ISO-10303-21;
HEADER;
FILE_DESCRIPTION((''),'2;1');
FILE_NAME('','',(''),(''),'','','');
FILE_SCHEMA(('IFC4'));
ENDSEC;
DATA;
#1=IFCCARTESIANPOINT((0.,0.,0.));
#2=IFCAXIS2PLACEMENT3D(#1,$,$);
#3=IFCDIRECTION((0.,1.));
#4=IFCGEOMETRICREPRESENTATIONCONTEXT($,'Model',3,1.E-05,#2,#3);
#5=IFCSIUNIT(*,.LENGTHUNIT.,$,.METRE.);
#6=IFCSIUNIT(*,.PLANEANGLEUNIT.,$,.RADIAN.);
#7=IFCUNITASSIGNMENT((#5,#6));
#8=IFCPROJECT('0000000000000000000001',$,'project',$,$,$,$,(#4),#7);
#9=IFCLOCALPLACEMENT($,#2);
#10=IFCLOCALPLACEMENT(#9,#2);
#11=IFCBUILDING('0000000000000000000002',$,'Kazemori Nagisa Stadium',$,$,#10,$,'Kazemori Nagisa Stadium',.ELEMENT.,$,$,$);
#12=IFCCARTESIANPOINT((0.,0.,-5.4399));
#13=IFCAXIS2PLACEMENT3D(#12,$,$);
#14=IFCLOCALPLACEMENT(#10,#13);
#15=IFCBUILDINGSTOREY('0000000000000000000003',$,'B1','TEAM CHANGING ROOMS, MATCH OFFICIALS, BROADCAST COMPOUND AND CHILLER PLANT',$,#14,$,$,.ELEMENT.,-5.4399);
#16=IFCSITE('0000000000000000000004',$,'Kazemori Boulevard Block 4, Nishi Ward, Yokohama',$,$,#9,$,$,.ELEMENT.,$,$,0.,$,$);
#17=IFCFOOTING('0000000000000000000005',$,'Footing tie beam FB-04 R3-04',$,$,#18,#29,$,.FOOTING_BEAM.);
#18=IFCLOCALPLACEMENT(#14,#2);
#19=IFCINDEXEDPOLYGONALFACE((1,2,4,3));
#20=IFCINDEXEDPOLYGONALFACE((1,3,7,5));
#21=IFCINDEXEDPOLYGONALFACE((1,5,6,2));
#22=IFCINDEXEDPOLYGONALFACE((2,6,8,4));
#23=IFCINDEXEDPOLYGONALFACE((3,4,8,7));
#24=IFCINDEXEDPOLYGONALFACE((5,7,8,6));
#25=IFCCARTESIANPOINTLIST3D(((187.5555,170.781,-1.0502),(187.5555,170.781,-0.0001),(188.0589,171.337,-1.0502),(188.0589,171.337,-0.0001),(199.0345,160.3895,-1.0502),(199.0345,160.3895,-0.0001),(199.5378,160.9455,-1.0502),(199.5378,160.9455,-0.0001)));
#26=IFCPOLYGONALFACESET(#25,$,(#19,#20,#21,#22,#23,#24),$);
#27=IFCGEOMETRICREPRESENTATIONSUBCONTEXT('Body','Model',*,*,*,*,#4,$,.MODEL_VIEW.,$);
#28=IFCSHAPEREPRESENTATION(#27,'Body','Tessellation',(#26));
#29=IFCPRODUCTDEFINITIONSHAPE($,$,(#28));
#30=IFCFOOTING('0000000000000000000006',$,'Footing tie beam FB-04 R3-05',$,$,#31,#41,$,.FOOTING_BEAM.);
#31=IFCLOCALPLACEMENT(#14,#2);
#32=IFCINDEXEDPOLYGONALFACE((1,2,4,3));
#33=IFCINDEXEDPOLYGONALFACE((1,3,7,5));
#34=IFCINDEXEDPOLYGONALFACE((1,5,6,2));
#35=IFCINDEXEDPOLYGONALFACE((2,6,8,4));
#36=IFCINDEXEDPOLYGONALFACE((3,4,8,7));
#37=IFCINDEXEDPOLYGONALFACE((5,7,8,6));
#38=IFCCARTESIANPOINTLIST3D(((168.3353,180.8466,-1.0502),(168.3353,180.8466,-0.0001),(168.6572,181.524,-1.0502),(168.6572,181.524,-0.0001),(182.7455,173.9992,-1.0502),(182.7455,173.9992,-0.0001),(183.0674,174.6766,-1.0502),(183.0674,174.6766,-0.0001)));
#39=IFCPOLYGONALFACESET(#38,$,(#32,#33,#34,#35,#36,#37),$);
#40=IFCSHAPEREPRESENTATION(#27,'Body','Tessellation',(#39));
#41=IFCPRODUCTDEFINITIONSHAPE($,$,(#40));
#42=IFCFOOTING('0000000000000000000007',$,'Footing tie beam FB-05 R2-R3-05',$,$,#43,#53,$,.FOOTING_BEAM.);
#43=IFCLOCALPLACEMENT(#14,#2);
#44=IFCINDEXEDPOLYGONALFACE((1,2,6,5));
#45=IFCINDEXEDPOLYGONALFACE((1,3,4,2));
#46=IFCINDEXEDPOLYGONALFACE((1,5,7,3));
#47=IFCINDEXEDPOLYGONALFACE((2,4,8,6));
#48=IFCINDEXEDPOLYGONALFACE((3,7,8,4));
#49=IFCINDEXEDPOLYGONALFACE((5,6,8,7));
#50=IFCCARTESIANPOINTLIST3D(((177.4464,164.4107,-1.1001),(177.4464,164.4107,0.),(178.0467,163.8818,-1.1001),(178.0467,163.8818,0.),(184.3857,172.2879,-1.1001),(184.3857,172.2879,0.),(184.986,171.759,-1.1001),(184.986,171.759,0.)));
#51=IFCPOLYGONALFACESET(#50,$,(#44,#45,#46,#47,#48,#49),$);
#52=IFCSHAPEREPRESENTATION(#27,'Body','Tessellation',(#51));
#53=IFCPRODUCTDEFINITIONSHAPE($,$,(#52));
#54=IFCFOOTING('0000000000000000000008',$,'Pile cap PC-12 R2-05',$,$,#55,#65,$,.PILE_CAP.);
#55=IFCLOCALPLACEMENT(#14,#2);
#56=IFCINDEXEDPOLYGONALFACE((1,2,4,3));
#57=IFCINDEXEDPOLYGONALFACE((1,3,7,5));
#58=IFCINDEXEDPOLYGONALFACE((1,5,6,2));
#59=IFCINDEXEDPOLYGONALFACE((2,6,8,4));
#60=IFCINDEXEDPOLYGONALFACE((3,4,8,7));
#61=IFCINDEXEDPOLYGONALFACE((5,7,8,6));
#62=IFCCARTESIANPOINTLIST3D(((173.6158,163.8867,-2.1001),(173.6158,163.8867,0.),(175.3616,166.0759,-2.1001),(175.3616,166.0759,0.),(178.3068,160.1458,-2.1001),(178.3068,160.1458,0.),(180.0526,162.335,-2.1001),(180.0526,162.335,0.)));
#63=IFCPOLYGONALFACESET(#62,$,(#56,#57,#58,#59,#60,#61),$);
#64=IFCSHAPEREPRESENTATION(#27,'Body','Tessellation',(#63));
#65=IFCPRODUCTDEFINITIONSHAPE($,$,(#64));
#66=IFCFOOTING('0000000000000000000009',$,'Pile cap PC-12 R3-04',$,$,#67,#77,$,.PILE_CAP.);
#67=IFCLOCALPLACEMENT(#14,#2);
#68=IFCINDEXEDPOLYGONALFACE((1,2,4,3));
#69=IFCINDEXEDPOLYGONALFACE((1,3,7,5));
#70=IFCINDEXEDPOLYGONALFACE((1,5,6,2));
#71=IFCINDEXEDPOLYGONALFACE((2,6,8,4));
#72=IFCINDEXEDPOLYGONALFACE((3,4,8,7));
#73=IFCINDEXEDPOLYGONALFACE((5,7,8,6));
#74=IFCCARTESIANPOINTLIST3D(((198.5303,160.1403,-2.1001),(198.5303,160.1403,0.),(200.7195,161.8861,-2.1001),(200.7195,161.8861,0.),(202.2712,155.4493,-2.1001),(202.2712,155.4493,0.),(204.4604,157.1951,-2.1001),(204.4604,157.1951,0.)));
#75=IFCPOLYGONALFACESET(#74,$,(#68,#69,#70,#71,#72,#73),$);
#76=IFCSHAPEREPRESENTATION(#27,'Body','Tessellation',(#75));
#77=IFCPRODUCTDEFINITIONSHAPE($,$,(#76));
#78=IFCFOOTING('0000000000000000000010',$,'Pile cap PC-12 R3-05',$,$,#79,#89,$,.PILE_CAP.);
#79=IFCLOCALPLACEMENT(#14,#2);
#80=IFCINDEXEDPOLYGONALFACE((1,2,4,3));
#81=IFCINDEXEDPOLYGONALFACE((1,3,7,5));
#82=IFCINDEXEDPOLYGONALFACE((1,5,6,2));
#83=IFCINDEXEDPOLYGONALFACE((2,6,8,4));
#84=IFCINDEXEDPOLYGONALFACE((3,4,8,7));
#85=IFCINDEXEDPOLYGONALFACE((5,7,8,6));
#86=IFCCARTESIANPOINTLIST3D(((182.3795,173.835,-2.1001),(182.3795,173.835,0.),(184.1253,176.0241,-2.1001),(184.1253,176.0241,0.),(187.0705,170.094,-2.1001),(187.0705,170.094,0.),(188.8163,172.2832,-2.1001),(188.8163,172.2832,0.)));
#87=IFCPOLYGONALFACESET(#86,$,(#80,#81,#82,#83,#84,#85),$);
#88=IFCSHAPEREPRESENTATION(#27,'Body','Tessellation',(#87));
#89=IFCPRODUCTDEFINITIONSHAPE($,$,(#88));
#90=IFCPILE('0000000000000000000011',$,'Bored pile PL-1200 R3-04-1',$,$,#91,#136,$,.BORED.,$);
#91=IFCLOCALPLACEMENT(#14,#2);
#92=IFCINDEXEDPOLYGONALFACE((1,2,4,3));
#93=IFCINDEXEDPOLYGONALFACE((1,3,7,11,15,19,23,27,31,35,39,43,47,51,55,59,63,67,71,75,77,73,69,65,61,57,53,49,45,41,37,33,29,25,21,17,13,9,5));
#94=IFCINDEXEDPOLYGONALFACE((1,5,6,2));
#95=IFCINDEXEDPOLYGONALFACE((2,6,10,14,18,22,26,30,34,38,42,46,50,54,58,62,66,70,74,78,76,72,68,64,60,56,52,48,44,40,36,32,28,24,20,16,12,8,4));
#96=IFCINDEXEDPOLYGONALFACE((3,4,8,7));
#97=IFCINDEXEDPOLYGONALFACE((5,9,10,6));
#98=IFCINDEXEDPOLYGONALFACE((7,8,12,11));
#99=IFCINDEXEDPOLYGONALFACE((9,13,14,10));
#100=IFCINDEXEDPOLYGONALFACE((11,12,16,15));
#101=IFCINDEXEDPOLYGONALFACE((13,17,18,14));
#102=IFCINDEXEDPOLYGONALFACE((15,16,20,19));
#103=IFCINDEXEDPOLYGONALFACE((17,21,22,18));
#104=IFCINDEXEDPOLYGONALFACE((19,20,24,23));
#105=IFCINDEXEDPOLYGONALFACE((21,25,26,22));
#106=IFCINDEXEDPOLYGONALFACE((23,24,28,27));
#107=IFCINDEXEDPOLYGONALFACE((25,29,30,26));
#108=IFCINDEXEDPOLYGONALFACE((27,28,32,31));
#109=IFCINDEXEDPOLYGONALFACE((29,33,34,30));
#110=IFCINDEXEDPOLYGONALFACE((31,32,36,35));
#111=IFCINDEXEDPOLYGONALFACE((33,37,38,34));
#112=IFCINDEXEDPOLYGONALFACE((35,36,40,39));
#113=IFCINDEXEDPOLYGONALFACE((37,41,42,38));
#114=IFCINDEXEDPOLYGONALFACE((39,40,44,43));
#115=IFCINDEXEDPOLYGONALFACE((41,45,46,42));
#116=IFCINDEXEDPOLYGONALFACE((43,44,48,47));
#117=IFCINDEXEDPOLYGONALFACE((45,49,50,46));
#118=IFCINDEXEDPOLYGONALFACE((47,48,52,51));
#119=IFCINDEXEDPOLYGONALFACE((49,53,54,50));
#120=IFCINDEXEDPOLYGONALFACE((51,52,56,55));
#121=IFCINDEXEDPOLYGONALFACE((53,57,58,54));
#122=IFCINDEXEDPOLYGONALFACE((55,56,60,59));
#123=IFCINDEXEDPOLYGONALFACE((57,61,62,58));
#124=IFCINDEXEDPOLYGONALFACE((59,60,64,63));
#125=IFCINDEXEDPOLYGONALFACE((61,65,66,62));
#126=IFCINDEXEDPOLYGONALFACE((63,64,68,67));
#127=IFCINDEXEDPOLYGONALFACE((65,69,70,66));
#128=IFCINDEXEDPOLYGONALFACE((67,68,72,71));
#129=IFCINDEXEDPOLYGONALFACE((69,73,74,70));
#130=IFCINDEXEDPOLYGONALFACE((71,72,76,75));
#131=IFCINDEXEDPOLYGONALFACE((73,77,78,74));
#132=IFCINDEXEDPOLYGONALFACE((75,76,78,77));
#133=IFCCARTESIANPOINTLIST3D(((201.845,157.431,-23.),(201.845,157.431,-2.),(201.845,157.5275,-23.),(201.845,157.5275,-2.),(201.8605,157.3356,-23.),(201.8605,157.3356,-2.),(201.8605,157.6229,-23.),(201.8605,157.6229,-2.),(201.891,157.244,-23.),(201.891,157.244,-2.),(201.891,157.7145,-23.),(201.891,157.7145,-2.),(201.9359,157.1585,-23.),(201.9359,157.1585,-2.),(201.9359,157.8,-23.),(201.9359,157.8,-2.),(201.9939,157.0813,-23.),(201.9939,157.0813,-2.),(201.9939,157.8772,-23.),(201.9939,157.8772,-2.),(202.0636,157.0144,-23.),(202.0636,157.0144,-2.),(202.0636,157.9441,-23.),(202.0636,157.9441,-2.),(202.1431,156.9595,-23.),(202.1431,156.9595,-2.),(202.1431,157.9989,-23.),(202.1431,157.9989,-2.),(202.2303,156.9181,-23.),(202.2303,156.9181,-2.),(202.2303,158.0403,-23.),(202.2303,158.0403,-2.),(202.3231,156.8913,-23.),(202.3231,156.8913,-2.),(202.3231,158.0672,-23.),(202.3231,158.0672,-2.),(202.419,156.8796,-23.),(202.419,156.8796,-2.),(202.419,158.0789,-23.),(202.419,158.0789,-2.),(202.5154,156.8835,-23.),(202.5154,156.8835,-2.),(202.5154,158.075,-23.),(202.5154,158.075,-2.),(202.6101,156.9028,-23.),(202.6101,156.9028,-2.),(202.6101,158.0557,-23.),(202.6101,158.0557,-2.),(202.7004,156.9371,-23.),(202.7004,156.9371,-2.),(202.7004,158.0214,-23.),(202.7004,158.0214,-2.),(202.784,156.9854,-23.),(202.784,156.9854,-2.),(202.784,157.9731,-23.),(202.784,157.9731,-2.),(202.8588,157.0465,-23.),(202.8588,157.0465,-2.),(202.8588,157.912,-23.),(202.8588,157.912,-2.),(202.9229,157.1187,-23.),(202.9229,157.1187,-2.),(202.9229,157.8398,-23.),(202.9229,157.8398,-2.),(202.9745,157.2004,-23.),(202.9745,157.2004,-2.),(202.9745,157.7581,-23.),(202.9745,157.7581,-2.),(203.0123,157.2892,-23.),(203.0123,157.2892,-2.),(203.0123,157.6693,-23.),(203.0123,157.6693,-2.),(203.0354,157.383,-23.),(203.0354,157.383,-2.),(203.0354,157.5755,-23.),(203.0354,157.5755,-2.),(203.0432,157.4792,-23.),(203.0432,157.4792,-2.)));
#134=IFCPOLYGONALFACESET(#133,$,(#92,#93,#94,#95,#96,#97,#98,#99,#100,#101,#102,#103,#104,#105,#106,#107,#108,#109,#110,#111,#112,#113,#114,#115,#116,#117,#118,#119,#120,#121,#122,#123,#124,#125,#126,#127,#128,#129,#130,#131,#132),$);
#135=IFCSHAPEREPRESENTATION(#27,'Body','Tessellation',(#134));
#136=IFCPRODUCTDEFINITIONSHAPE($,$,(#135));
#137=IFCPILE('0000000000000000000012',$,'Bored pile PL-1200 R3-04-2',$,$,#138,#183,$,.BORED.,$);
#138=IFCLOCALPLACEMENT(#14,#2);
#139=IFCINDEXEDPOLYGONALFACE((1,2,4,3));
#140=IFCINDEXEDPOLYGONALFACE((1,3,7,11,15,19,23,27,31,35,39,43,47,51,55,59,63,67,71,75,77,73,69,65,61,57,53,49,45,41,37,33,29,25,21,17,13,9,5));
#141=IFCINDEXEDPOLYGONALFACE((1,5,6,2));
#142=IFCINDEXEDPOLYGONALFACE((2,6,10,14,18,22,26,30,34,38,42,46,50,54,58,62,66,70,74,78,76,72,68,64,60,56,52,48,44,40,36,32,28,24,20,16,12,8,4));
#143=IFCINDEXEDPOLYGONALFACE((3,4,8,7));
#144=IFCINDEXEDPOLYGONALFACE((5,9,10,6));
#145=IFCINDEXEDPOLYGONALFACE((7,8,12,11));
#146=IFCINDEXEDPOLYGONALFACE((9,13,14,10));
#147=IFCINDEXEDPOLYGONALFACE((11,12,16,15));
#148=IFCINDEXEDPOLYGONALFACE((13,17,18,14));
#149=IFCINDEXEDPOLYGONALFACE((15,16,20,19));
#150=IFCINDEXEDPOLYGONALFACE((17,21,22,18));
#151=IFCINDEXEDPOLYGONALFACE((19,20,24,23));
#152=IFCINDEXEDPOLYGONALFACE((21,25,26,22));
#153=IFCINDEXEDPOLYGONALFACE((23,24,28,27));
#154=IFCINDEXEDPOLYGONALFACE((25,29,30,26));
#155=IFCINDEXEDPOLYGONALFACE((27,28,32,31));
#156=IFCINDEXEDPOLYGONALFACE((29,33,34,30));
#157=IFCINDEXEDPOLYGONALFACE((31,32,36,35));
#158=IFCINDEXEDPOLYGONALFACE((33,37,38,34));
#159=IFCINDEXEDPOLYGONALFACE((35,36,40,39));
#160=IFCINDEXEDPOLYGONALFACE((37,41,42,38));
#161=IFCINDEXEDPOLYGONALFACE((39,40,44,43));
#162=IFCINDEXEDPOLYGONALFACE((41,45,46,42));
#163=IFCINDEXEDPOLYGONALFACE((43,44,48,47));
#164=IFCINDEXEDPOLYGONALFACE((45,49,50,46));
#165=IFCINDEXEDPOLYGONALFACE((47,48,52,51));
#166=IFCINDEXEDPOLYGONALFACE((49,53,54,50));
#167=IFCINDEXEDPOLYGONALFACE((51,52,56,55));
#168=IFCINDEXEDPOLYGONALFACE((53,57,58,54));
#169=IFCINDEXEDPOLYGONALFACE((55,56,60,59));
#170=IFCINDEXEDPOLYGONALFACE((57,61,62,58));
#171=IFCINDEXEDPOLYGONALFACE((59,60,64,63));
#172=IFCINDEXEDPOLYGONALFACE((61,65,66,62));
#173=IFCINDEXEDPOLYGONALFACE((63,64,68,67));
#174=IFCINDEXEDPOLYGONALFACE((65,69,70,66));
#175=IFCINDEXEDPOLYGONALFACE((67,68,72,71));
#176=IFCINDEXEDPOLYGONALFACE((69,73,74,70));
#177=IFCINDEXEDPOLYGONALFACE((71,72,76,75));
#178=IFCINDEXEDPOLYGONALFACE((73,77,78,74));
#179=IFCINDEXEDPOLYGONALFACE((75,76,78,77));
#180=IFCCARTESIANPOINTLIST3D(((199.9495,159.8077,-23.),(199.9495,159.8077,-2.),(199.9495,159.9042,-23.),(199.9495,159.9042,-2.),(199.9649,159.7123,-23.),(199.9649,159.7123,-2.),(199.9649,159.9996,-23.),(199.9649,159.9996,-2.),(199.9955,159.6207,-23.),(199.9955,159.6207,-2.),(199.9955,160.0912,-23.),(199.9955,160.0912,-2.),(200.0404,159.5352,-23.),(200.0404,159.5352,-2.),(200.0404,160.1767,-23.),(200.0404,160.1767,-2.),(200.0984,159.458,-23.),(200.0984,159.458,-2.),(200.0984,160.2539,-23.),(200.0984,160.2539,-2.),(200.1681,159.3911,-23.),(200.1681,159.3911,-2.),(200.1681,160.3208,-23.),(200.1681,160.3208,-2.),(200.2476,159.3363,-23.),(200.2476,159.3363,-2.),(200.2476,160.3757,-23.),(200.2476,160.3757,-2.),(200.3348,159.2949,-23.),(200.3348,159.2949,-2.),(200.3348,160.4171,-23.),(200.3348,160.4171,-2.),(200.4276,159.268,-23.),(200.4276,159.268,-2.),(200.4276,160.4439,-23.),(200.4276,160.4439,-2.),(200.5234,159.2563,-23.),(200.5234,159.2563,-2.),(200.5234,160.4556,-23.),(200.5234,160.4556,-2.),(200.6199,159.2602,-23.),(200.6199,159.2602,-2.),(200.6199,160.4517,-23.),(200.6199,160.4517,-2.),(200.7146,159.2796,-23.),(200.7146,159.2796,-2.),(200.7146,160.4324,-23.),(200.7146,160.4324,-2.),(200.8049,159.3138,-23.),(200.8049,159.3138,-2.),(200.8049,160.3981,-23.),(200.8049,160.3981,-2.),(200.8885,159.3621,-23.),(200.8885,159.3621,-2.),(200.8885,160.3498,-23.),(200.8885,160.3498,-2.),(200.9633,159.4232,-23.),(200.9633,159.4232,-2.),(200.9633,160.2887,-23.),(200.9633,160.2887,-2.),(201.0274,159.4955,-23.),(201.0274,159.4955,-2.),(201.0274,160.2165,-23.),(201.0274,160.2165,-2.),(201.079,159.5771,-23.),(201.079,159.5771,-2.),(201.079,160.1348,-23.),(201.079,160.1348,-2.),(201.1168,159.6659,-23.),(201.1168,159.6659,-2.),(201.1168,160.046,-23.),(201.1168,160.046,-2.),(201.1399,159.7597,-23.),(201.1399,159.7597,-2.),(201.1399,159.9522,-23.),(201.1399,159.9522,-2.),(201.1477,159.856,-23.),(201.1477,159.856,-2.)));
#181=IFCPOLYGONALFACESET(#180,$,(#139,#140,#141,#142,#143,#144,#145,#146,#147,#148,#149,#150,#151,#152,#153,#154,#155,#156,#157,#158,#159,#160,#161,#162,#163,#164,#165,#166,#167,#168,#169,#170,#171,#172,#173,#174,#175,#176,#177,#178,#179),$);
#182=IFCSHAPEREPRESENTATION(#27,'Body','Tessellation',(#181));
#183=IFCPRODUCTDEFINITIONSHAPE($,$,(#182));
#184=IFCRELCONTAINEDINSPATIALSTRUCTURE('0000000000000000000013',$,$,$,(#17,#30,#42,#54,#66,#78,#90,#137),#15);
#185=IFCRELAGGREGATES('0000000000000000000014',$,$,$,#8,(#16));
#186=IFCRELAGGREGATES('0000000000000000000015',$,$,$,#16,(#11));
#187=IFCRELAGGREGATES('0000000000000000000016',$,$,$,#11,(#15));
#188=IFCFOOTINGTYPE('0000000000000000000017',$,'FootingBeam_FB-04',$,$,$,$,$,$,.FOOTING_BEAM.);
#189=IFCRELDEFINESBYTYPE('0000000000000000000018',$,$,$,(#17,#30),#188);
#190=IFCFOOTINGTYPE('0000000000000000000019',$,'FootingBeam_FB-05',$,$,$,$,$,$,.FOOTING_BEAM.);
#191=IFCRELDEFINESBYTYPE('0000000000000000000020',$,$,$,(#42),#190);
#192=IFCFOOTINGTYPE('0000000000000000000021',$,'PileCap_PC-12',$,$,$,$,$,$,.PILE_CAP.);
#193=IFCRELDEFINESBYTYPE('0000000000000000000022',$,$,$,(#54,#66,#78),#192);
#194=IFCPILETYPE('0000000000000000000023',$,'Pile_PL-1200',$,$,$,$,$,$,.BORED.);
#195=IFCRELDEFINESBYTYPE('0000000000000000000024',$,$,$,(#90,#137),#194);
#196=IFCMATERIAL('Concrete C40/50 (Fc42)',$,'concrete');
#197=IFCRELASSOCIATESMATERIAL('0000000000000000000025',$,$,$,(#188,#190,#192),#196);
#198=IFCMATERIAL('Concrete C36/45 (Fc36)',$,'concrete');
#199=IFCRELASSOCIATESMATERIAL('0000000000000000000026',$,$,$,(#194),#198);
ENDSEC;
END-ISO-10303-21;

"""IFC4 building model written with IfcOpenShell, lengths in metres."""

from ifc_helpers import new_model, si_unit, direction, frame, origin, origin_2d, place, context, subcontext, project, spatial, rectangle, circle, extrude, material, material_profile, profile_set, type_object, element, save


model = new_model("IFC4")

# Units and contexts
model_context = context("Model", 3, precision=1e-05, world=origin(), true_north=direction((0.0, 1.0)))
body_context = subcontext(model_context, "Body", "Model", "MODEL_VIEW")
ifc_project = project(units=[si_unit("LENGTHUNIT", "METRE"), si_unit("PLANEANGLEUNIT", "RADIAN")], contexts=[model_context])

# Site, building, storey
site_placement = place(None, origin())
site = spatial("IfcSite", under=ifc_project, at=site_placement, Name="Kazemori Boulevard Block 4, Nishi Ward, Yokohama", CompositionType="ELEMENT", RefElevation=0.0)
building_placement = place(site_placement, origin())
building = spatial("IfcBuilding", under=site, at=building_placement, Name="Kazemori Nagisa Stadium", LongName="Kazemori Nagisa Stadium", CompositionType="ELEMENT")
storey_placement = place(building_placement, frame((0.0, 0.0, -5.4399)))
storey = spatial("IfcBuildingStorey", under=building, at=storey_placement, Name="B1", Description="TEAM CHANGING ROOMS, MATCH OFFICIALS, BROADCAST COMPOUND AND CHILLER PLANT", CompositionType="ELEMENT", Elevation=-5.4399)

# Footings
ifc_material_1 = material(Name="Concrete C40/50 (Fc42)", Category="concrete")
ifc_material_profile_1 = material_profile(ifc_material_1, rectangle(XDim=0.75, YDim=1.05, at=origin_2d()), Name="RC-FB-750x1050")
ifc_profile_set_1 = profile_set([ifc_material_profile_1], Name="Concrete C40/50 (Fc42)")
footing_type_1 = type_object("IfcFootingType", Name="FootingBeam_FB-04", PredefinedType="FOOTING_BEAM", material=ifc_profile_set_1)
footing_1_placement = place(storey_placement, frame((199.2861, 160.6675, -0.5251), z_axis=(-0.741348, 0.671121, 0.0), x_axis=(-0.671121, -0.741348, 0.0)))
element("IfcFooting", 1, at=footing_1_placement, inside=storey, type_object=footing_type_1, Name="Footing tie beam FB-04 R3-04", PredefinedType="FOOTING_BEAM", context=body_context, shape_type="SweptSolid", body=[
    extrude(rectangle(XDim=0.75, YDim=1.05, at=origin_2d()), origin(), (0.0, 0.0, 1.0), 15.4839),
])
footing_2_placement = place(storey_placement, frame((182.9065, 174.3379, -0.5251), z_axis=(-0.903215, 0.429189, 0.0), x_axis=(-0.429189, -0.903215, 0.0)))
element("IfcFooting", 2, at=footing_2_placement, inside=storey, type_object=footing_type_1, Name="Footing tie beam FB-04 R3-05", PredefinedType="FOOTING_BEAM", context=body_context, shape_type="SweptSolid", body=[
    extrude(rectangle(XDim=0.75, YDim=1.05, at=origin_2d()), origin(), (0.0, 0.0, 1.0), 15.9543),
])
ifc_material_profile_2 = material_profile(ifc_material_1, rectangle(XDim=0.8, YDim=1.1001, at=origin_2d()), Name="RC-FB-800x1100")
ifc_profile_set_2 = profile_set([ifc_material_profile_2], Name="Concrete C40/50 (Fc42)")
footing_type_2 = type_object("IfcFootingType", Name="FootingBeam_FB-05", PredefinedType="FOOTING_BEAM", material=ifc_profile_set_2)
footing_3_placement = place(storey_placement, frame((177.7466, 164.1462, -0.55), z_axis=(0.661018, 0.75037, 0.0), x_axis=(-0.75037, 0.661018, 0.0)))
element("IfcFooting", 3, at=footing_3_placement, inside=storey, type_object=footing_type_2, Name="Footing tie beam FB-05 R2-R3-05", PredefinedType="FOOTING_BEAM", context=body_context, shape_type="SweptSolid", body=[
    extrude(rectangle(XDim=0.8, YDim=1.1001, at=origin_2d()), origin(), (0.0, 0.0, 1.0), 10.4978),
])
footing_type_3 = type_object("IfcFootingType", Name="PileCap_PC-12", PredefinedType="PILE_CAP", material=ifc_material_1)
for number, where, z_axis, x_axis, name in (
    (4, (176.8342, 163.1108, -2.1001), (0.0, 0.0, 1.0), (-0.781831, 0.62349, 0.0), "Pile cap PC-12 R2-05"),
    (5, (201.4954, 158.6677, -2.1001), (0.0, 0.0, 1.0), (-0.62349, 0.781831, 0.0), "Pile cap PC-12 R3-04"),
    (6, (185.5979, 173.0591, -2.1001), (0.0, 0.0, 1.0), (-0.781831, 0.62349, 0.0), "Pile cap PC-12 R3-05"),
):
    element("IfcFooting", number, at=place(storey_placement, frame(where, z_axis=z_axis, x_axis=x_axis)), inside=storey, type_object=footing_type_3, Name=name, PredefinedType="PILE_CAP", context=body_context, shape_type="SweptSolid", body=[
        extrude(rectangle(XDim=6.0, YDim=2.8, at=origin_2d()), origin(), (0.0, 0.0, 1.0), 2.1001),
    ])

# Piles
ifc_material_2 = material(Name="Concrete C36/45 (Fc36)", Category="concrete")
ifc_material_profile_3 = material_profile(ifc_material_2, circle(Radius=0.6001, at=origin_2d()), Name="PILE-D1200")
ifc_profile_set_3 = profile_set([ifc_material_profile_3], Name="Concrete C36/45 (Fc36)")
pile_type_1 = type_object("IfcPileType", Name="Pile_PL-1200", PredefinedType="BORED", material=ifc_profile_set_3)
for number, where, z_axis, x_axis, name in (
    (7, (202.4431, 157.4792, -2.0), (0.0, 0.0, -1.0), (1.0, 0.0, 0.0), "Bored pile PL-1200 R3-04-1"),
    (8, (200.5476, 159.856, -2.0), (0.0, 0.0, -1.0), (1.0, 0.0, 0.0), "Bored pile PL-1200 R3-04-2"),
):
    element("IfcPile", number, at=place(storey_placement, frame(where, z_axis=z_axis, x_axis=x_axis)), inside=storey, type_object=pile_type_1, Name=name, PredefinedType="BORED", context=body_context, shape_type="SweptSolid", body=[
        extrude(circle(Radius=0.6001, at=origin_2d()), origin(), (0.0, 0.0, 1.0), 21.0),
    ])

save(model, "model.ifc")
